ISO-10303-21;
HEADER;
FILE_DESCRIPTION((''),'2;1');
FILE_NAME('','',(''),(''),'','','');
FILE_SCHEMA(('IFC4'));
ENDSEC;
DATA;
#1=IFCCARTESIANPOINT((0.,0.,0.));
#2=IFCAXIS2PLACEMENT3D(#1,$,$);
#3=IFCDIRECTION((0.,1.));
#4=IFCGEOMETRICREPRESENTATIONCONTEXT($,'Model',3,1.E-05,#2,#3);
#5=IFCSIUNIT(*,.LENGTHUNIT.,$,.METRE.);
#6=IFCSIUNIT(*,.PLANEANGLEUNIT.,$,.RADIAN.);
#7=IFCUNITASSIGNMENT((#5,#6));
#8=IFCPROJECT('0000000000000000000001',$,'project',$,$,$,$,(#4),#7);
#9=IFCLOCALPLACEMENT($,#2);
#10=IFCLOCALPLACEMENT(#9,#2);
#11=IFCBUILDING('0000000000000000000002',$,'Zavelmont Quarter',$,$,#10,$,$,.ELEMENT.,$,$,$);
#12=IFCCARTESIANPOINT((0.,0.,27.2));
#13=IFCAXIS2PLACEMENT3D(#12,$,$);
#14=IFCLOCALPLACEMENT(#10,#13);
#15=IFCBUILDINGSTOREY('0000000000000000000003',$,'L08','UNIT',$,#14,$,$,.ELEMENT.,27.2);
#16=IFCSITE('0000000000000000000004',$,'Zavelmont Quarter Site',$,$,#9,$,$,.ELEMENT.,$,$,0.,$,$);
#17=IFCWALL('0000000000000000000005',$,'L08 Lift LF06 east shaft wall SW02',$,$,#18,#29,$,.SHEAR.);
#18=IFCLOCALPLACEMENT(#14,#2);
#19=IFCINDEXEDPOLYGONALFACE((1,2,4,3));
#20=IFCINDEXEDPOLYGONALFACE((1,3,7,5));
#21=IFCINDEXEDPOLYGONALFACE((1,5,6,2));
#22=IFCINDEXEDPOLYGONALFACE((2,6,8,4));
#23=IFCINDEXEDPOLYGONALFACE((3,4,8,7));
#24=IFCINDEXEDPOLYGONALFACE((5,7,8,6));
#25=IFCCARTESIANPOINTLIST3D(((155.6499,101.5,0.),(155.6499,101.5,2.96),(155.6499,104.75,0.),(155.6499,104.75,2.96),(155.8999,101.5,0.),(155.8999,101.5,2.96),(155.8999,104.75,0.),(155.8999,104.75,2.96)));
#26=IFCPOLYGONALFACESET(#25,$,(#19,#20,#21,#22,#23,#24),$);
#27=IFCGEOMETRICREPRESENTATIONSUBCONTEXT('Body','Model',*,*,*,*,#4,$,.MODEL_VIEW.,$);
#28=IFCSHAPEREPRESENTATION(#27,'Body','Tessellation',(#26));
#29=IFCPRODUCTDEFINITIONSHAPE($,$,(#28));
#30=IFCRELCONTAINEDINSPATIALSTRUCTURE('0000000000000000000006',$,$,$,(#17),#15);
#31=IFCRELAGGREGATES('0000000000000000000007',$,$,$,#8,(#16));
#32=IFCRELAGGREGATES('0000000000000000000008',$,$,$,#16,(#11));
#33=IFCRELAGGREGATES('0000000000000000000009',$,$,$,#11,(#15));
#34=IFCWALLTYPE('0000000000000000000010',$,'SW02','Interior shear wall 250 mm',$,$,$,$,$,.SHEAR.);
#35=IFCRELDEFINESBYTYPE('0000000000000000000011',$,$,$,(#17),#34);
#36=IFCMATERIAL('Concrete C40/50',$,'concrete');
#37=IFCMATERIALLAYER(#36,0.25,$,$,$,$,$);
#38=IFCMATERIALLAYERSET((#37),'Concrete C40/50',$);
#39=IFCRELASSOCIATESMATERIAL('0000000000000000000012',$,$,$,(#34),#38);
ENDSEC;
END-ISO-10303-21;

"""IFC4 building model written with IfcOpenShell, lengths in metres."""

from ifc_helpers import new_model, si_unit, direction, frame, frame_2d, origin, place, context, subcontext, project, spatial, rectangle, extrude, material, layer, layer_set, type_object, element, save


model = new_model("IFC4")

# Units and contexts
model_context = context("Model", 3, precision=1e-05, world=origin(), true_north=direction((0.0, 1.0)))
body_context = subcontext(model_context, "Body", "Model", "MODEL_VIEW")
ifc_project = project(units=[si_unit("LENGTHUNIT", "METRE"), si_unit("PLANEANGLEUNIT", "RADIAN")], contexts=[model_context])

# Site, building, storey
site_placement = place(None, origin())
site = spatial("IfcSite", under=ifc_project, at=site_placement, Name="Zavelmont Quarter Site", CompositionType="ELEMENT", RefElevation=0.0)
building_placement = place(site_placement, origin())
building = spatial("IfcBuilding", under=site, at=building_placement, Name="Zavelmont Quarter", CompositionType="ELEMENT")
storey_placement = place(building_placement, frame((0.0, 0.0, 27.2)))
storey = spatial("IfcBuildingStorey", under=building, at=storey_placement, Name="L08", Description="UNIT", CompositionType="ELEMENT", Elevation=27.2)

# Shared definitions
ifc_material_1 = material(Name="Concrete C40/50", Category="concrete")

# Wall
ifc_layer_1 = layer(ifc_material_1, 0.25)
ifc_layer_set_1 = layer_set([ifc_layer_1], Name="Concrete C40/50")
wall_type_1 = type_object("IfcWallType", Name="SW02", Description="Interior shear wall 250 mm", PredefinedType="SHEAR", material=ifc_layer_set_1)
wall_1_placement = place(storey_placement, frame((155.7749, 101.5, 0.0), z_axis=(0.0, 0.0, 1.0), x_axis=(0.0, 1.0, 0.0)))
element("IfcWall", 1, at=wall_1_placement, inside=storey, type_object=wall_type_1, Name="L08 Lift LF06 east shaft wall SW02", PredefinedType="SHEAR", context=body_context, shape_type="SweptSolid", body=[
    extrude(rectangle(XDim=3.25, YDim=0.25, at=frame_2d((1.625, 0.0))), origin(), (0.0, 0.0, 1.0), 2.96),
])

save(model, "model.ifc")
